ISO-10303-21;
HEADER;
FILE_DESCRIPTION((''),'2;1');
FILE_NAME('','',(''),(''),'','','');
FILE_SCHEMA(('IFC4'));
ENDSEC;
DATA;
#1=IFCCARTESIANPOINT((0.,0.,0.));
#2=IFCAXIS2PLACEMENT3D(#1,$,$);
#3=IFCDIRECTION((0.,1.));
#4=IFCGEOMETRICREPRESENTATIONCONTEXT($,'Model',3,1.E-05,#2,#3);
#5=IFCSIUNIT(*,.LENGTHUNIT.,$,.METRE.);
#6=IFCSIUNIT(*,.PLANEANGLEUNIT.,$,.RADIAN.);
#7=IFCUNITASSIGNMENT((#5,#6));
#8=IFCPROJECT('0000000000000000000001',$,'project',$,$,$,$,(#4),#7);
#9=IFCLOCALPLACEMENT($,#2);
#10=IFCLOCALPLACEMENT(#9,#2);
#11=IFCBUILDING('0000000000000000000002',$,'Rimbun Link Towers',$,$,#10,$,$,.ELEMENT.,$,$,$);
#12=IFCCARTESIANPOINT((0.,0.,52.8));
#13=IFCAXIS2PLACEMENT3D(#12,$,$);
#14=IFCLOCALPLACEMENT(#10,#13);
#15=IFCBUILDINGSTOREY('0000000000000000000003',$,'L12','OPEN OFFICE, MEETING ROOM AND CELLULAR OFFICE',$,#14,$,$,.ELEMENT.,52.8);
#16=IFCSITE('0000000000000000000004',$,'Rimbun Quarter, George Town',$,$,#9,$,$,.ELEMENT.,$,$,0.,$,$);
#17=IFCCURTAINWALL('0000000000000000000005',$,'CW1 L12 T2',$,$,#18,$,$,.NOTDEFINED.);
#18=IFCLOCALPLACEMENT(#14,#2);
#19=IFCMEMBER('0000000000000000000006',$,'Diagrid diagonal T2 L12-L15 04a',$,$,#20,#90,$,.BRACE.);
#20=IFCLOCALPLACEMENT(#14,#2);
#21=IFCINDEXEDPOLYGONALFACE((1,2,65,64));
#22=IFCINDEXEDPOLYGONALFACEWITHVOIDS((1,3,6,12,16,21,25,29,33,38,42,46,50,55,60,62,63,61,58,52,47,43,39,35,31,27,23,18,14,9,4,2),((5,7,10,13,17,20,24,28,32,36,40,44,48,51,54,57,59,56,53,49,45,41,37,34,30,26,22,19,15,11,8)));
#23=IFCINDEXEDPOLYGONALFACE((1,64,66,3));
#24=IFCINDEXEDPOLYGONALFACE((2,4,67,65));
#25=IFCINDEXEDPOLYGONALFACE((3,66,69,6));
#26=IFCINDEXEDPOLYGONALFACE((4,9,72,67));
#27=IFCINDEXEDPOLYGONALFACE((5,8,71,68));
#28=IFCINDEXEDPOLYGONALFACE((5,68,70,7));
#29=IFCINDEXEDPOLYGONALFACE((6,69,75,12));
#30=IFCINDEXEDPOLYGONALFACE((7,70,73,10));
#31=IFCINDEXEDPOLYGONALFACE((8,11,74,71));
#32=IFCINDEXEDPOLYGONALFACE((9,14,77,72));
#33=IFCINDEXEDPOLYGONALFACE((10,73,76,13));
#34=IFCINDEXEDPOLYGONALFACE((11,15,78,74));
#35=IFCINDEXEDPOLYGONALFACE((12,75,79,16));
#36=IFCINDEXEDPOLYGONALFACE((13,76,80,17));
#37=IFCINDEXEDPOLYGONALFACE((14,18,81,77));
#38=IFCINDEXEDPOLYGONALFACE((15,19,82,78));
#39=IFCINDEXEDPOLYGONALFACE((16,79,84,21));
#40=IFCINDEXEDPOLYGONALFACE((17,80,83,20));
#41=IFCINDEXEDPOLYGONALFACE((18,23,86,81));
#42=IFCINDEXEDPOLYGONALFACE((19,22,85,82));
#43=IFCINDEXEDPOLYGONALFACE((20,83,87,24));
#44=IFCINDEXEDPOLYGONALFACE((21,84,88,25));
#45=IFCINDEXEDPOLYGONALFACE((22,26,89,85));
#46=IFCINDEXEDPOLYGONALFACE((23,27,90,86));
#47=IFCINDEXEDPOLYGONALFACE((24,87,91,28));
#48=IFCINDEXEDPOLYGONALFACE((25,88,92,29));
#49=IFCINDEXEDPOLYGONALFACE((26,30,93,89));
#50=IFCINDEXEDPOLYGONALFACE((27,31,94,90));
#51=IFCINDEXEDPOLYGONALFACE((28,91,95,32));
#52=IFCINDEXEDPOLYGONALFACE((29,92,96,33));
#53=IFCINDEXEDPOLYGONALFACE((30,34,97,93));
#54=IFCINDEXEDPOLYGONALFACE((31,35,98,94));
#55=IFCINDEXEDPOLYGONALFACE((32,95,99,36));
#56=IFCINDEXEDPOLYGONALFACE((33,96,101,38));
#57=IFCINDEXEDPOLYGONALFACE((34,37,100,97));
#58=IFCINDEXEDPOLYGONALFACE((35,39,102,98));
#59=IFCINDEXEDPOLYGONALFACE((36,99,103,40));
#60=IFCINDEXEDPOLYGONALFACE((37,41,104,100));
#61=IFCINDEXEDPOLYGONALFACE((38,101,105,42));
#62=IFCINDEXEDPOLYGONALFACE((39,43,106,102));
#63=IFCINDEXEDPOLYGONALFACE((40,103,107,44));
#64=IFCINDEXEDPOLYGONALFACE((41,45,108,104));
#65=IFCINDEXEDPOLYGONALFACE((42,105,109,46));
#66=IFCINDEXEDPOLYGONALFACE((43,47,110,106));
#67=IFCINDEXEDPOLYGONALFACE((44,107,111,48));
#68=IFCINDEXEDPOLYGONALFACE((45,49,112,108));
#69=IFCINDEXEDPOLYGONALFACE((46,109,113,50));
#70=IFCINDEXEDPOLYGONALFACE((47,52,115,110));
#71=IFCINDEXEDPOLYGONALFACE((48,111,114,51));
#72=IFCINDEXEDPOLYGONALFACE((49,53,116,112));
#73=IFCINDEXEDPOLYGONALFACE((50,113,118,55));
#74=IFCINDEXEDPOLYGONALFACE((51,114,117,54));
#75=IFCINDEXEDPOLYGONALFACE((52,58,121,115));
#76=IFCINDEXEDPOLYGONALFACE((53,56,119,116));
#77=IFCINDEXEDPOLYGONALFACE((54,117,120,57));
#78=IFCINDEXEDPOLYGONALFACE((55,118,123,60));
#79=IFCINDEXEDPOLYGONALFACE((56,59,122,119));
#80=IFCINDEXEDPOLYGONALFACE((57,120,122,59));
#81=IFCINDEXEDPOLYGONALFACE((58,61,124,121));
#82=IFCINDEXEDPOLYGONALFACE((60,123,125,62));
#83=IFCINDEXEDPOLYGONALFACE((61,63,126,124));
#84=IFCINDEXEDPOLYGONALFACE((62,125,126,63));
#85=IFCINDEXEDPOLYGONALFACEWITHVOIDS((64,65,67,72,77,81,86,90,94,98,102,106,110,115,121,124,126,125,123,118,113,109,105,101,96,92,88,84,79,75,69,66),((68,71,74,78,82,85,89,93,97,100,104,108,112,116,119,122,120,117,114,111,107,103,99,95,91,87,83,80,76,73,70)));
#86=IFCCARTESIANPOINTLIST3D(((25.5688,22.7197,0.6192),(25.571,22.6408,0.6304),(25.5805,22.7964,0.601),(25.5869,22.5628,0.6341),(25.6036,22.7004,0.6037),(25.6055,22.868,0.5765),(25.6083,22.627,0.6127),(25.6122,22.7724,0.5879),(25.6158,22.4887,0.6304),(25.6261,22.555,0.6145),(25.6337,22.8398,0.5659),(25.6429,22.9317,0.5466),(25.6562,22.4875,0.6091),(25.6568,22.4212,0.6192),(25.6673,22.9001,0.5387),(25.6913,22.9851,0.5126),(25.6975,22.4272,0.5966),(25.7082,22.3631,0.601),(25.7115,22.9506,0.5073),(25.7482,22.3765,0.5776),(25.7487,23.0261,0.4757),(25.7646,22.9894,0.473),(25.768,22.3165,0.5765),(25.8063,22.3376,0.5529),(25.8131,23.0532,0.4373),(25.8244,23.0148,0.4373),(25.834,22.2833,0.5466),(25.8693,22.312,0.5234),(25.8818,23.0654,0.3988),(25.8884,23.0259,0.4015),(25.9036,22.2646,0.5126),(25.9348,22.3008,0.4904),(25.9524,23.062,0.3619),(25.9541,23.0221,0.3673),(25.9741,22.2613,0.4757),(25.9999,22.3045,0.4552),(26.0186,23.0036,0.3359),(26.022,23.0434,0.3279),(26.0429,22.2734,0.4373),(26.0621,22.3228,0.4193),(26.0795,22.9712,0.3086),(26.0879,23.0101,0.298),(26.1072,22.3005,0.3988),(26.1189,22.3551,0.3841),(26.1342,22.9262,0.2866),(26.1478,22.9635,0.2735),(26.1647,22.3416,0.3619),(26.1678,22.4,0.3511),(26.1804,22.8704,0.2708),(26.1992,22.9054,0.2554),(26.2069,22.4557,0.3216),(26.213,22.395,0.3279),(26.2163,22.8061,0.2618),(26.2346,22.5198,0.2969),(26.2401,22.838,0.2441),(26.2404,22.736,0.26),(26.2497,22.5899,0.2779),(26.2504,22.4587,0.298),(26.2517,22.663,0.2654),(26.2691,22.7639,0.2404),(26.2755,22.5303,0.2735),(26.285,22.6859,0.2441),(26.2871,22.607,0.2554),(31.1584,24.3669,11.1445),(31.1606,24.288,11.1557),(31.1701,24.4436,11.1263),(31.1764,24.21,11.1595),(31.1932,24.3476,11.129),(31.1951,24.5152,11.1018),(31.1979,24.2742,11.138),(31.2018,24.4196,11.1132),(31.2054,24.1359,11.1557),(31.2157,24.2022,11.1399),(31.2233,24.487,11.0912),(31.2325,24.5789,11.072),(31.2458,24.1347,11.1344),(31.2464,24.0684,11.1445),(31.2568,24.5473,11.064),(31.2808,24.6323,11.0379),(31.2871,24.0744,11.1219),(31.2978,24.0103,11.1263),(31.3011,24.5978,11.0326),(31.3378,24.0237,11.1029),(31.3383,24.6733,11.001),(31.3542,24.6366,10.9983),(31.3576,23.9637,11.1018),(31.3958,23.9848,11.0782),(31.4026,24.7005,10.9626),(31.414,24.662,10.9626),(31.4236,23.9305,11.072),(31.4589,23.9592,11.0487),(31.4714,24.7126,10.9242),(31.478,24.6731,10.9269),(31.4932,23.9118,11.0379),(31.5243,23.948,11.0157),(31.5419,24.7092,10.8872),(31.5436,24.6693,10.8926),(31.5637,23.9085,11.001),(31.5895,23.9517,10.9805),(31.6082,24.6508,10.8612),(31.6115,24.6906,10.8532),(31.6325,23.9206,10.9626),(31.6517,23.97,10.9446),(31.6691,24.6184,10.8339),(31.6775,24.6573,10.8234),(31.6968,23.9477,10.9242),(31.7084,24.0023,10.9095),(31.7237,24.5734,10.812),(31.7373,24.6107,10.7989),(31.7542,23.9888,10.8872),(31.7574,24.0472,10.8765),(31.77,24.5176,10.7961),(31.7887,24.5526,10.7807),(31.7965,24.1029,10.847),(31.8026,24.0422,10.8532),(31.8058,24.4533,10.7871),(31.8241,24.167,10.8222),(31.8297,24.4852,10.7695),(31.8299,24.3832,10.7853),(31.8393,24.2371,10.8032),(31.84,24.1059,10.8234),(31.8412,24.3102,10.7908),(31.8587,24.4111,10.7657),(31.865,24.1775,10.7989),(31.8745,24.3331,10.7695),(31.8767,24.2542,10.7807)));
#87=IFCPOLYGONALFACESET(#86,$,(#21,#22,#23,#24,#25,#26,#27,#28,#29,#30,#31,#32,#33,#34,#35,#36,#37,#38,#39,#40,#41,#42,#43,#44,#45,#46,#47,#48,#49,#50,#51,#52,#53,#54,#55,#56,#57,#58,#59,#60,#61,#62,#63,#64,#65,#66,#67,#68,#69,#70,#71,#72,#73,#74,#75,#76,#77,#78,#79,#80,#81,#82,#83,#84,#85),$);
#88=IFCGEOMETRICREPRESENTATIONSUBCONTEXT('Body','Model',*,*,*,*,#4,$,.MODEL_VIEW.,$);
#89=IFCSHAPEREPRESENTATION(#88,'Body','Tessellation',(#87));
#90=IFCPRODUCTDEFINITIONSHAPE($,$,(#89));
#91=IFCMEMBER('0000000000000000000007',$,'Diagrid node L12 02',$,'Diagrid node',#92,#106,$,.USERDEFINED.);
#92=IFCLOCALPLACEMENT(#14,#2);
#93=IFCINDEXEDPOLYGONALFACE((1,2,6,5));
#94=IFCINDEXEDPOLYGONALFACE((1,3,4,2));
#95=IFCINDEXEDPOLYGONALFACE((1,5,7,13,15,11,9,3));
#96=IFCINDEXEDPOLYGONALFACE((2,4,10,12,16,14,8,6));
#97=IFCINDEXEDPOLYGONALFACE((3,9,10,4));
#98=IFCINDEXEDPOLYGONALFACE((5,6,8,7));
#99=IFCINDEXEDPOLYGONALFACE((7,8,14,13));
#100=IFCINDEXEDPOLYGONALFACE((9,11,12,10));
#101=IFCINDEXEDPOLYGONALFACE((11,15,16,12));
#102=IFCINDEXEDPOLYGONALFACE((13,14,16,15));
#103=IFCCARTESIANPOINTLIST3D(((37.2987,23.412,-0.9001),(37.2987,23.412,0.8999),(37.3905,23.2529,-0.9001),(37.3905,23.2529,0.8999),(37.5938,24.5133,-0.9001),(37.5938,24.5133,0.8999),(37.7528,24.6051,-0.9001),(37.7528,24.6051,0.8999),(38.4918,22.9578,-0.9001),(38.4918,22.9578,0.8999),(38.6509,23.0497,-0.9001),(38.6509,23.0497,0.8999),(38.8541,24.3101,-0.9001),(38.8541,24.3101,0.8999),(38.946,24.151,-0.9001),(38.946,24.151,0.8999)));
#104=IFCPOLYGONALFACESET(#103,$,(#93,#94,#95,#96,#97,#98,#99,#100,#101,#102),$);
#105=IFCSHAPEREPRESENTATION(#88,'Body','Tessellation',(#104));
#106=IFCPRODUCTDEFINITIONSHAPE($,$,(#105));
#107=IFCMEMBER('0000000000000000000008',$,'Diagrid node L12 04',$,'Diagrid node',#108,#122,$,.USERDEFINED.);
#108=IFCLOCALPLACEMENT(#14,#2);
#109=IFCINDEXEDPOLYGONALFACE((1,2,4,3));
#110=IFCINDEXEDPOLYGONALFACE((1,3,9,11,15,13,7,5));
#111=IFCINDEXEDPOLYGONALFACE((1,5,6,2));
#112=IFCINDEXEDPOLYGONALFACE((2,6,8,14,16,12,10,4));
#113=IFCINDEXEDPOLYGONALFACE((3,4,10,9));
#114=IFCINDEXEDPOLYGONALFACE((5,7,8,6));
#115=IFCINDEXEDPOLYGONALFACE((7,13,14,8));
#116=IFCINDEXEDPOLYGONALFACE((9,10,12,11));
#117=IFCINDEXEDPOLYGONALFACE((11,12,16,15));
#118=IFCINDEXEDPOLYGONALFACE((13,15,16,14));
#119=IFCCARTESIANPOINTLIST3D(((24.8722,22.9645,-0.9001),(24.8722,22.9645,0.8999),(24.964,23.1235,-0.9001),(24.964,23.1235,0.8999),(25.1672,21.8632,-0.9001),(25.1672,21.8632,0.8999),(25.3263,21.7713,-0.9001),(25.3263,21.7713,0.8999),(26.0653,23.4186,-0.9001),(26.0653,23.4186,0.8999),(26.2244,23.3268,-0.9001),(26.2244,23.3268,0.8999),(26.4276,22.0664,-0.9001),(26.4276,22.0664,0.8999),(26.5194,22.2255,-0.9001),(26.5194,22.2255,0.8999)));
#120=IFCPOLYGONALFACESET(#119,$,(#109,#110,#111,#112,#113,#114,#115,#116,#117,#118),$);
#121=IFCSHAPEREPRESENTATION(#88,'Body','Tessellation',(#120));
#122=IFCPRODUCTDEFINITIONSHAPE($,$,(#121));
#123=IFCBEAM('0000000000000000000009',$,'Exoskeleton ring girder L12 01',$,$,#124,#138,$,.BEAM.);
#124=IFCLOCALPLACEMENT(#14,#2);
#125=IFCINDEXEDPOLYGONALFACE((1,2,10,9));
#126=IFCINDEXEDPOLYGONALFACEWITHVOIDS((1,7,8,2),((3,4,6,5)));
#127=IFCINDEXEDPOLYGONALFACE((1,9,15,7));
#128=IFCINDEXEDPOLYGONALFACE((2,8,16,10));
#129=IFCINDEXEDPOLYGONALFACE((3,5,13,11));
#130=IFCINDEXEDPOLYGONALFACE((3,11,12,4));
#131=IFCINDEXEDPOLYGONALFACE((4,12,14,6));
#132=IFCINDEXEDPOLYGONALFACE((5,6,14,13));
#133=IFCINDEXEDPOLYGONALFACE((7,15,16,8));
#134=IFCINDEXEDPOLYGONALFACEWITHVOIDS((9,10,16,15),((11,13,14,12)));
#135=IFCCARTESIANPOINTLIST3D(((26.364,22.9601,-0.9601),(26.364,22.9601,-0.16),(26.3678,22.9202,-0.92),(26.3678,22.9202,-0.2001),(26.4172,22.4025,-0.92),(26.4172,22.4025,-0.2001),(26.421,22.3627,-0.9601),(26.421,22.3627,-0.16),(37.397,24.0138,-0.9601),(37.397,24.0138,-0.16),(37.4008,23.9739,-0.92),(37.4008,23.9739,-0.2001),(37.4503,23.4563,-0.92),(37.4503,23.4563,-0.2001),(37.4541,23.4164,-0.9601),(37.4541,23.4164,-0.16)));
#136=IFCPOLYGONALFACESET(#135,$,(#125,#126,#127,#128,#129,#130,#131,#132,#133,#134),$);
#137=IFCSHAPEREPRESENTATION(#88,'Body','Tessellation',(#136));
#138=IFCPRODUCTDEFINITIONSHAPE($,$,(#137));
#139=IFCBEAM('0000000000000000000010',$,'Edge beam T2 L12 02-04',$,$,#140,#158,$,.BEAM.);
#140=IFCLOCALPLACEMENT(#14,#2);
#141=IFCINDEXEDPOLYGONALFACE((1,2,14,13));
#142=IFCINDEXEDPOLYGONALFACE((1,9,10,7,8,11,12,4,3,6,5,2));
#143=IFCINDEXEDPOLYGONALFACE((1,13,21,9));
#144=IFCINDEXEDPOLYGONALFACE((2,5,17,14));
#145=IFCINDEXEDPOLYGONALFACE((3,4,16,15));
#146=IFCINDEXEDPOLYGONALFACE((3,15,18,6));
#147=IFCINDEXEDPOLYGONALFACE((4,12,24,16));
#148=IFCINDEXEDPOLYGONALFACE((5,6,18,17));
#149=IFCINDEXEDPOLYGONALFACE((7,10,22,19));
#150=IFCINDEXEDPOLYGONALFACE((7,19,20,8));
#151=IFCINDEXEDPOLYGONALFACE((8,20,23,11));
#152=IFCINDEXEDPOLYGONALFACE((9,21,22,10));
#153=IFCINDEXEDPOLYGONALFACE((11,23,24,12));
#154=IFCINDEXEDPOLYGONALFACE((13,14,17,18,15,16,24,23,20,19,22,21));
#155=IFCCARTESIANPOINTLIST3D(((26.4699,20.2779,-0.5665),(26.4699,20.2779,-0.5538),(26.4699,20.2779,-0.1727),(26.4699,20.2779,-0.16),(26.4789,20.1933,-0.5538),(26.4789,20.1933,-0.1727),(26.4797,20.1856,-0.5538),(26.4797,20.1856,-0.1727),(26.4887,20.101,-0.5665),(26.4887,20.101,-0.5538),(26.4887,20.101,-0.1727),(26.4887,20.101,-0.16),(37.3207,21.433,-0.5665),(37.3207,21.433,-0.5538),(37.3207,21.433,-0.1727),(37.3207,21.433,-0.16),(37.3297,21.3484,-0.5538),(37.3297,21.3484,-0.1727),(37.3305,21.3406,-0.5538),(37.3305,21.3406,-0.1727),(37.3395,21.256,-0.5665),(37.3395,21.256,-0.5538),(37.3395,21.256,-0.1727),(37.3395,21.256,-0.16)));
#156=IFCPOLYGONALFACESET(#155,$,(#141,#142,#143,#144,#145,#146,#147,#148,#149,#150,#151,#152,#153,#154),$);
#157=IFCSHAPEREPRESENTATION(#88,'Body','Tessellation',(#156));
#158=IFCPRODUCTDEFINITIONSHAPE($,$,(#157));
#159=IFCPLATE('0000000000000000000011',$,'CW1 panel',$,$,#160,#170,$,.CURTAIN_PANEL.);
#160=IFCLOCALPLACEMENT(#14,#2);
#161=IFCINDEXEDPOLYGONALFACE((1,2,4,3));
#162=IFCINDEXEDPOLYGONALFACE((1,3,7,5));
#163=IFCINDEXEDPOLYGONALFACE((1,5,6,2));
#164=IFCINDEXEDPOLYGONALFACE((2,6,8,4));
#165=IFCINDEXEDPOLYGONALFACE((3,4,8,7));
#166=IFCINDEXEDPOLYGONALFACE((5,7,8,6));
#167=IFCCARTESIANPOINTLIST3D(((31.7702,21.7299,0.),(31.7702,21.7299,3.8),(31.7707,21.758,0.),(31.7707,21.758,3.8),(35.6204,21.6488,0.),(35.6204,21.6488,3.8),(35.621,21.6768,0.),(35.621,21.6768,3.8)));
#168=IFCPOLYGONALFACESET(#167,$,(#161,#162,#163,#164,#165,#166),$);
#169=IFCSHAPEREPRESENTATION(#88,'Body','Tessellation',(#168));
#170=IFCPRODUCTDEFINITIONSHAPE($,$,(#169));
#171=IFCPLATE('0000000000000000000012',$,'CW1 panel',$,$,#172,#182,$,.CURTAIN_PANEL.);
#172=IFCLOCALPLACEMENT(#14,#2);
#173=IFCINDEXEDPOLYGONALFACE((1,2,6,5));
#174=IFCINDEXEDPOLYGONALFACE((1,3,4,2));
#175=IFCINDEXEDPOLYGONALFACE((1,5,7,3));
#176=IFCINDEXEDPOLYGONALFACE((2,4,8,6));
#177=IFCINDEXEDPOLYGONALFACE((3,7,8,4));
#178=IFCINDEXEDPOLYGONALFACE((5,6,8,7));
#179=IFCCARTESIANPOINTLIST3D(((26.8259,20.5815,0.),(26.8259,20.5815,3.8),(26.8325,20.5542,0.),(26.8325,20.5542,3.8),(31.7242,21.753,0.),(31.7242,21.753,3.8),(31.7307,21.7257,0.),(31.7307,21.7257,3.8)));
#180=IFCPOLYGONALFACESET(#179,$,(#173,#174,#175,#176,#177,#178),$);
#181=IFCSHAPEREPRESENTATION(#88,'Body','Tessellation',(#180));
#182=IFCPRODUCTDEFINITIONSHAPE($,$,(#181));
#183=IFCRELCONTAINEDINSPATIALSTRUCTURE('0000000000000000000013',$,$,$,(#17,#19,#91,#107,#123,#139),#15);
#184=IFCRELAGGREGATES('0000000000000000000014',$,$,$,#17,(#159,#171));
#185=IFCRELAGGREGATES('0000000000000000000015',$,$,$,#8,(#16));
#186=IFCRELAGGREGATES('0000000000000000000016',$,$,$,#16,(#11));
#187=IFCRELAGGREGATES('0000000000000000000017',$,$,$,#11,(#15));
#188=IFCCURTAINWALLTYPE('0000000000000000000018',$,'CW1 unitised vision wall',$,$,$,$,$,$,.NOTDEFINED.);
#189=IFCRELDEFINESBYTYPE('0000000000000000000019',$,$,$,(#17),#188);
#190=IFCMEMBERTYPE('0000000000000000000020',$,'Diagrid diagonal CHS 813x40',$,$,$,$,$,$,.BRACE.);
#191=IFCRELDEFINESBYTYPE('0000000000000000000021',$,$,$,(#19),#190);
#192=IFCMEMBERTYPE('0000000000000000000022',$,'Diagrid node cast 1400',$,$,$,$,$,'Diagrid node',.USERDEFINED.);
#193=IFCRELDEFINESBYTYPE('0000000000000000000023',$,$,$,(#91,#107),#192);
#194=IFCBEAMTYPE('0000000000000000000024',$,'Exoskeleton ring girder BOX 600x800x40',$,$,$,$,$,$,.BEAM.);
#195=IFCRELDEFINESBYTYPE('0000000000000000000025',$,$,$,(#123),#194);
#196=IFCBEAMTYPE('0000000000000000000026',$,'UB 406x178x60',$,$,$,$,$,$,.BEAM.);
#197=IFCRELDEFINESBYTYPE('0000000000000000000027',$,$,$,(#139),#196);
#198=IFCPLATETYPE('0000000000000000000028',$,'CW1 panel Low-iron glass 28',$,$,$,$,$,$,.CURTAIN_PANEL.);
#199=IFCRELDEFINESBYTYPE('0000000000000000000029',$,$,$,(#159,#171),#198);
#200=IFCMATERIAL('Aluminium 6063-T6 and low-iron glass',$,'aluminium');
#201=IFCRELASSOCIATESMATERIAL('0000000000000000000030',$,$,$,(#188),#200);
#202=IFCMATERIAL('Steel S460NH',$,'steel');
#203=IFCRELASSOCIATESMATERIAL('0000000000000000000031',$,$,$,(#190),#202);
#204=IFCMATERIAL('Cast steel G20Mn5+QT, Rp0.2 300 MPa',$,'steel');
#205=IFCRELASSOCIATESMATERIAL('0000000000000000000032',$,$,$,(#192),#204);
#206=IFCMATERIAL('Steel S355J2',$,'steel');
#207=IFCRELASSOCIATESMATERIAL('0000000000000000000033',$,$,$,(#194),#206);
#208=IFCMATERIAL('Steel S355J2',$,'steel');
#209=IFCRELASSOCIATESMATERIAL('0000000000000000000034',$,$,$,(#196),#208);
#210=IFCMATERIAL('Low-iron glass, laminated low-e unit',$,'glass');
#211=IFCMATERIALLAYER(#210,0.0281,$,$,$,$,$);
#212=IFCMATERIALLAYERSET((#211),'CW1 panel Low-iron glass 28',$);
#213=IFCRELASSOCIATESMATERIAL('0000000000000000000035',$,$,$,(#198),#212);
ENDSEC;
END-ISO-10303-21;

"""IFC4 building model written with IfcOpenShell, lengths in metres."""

from ifc_helpers import new_model, si_unit, direction, frame, origin, origin_2d, place, context, subcontext, project, spatial, polyline, rectangle, hollow_rectangle, hollow_circle, i_section, outline, extrude, material, layer, layer_set, material_profile, profile_set, type_object, element, aggregate, save


model = new_model("IFC4")

# Units and contexts
model_context = context("Model", 3, precision=1e-05, world=origin(), true_north=direction((0.0, 1.0)))
body_context = subcontext(model_context, "Body", "Model", "MODEL_VIEW")
ifc_project = project(units=[si_unit("LENGTHUNIT", "METRE"), si_unit("PLANEANGLEUNIT", "RADIAN")], contexts=[model_context])

# Site, building, storey
site_placement = place(None, origin())
site = spatial("IfcSite", under=ifc_project, at=site_placement, Name="Rimbun Quarter, George Town", CompositionType="ELEMENT", RefElevation=0.0)
building_placement = place(site_placement, origin())
building = spatial("IfcBuilding", under=site, at=building_placement, Name="Rimbun Link Towers", CompositionType="ELEMENT")
storey_placement = place(building_placement, frame((0.0, 0.0, 52.8)))
storey = spatial("IfcBuildingStorey", under=building, at=storey_placement, Name="L12", Description="OPEN OFFICE, MEETING ROOM AND CELLULAR OFFICE", CompositionType="ELEMENT", Elevation=52.8)

# Curtain wall
ifc_material_1 = material(Name="Aluminium 6063-T6 and low-iron glass", Category="aluminium")
curtain_wall_type = type_object("IfcCurtainWallType", Name="CW1 unitised vision wall", PredefinedType="NOTDEFINED", material=ifc_material_1)
curtain_wall_placement = place(storey_placement, origin())
curtain_wall = element("IfcCurtainWall", 1, at=curtain_wall_placement, inside=storey, type_object=curtain_wall_type, Name="CW1 L12 T2", PredefinedType="NOTDEFINED")

# Members
ifc_material_2 = material(Name="Steel S460NH", Category="steel")
ifc_material_profile_1 = material_profile(ifc_material_2, hollow_circle(Radius=0.4065, WallThickness=0.04, at=origin_2d()), Name="Diagrid diagonal CHS 813x40")
ifc_profile_set_1 = profile_set([ifc_material_profile_1], Name="Steel S460NH")
member_type_1 = type_object("IfcMemberType", Name="Diagrid diagonal CHS 813x40", PredefinedType="BRACE", material=ifc_profile_set_1)
member_1_placement = place(storey_placement, frame((25.928, 22.6633, 0.4373), z_axis=(0.464606, 0.136916, 0.874868), x_axis=(-0.282674, 0.959216, 0.0)))
element("IfcMember", 2, at=member_1_placement, inside=storey, type_object=member_type_1, Name="Diagrid diagonal T2 L12-L15 04a", PredefinedType="BRACE", context=body_context, shape_type="SweptSolid", body=[
    extrude(hollow_circle(Radius=0.4065, WallThickness=0.04, at=origin_2d()), origin(), (0.0, 0.0, 1.0), 12.0308),
])
ifc_material_3 = material(Name="Cast steel G20Mn5+QT, Rp0.2 300 MPa", Category="steel")
ifc_material_profile_2 = material_profile(ifc_material_3, outline(polyline([(0.7, -0.5701), (0.7, 0.5701), (0.5701, 0.7), (-0.5701, 0.7), (-0.7, 0.5701), (-0.7, -0.5701), (-0.5701, -0.7), (0.5701, -0.7), (0.7, -0.5701)])), Name="NODE 1400x1400")
ifc_profile_set_2 = profile_set([ifc_material_profile_2], Name="Cast steel G20Mn5+QT, Rp0.2 300 MPa")
member_type_2 = type_object("IfcMemberType", Name="Diagrid node cast 1400", ElementType="Diagrid node", PredefinedType="USERDEFINED", material=ifc_profile_set_2)
for number, where, z_axis, x_axis, name in (
    (3, (38.1223, 23.7815, -0.9001), (0.0, 0.0, 1.0), (0.258819, 0.965926, 0.0), "Diagrid node L12 02"),
    (4, (25.6958, 22.595, -0.9001), (0.0, 0.0, 1.0), (-0.258819, 0.965926, 0.0), "Diagrid node L12 04"),
):
    element("IfcMember", number, at=place(storey_placement, frame(where, z_axis=z_axis, x_axis=x_axis)), inside=storey, type_object=member_type_2, Name=name, ObjectType="Diagrid node", PredefinedType="USERDEFINED", context=body_context, shape_type="SweptSolid", body=[
        extrude(outline(polyline([(0.7, -0.5701), (0.7, 0.5701), (0.5701, 0.7), (-0.5701, 0.7), (-0.7, 0.5701), (-0.7, -0.5701), (-0.5701, -0.7), (0.5701, -0.7), (0.7, -0.5701)])), origin(), (0.0, 0.0, 1.0), 1.8),
    ])

# Beams
ifc_material_4 = material(Name="Steel S355J2", Category="steel")
ifc_material_profile_3 = material_profile(ifc_material_4, hollow_rectangle(XDim=0.6001, YDim=0.8, WallThickness=0.04, at=origin_2d()), Name="Exoskeleton ring girder BOX 600x800x40")
ifc_profile_set_3 = profile_set([ifc_material_profile_3], Name="Steel S355J2")
beam_type_1 = type_object("IfcBeamType", Name="Exoskeleton ring girder BOX 600x800x40", PredefinedType="BEAM", material=ifc_profile_set_3)
beam_1_placement = place(storey_placement, frame((37.4255, 23.7151, -0.5601), z_axis=(-0.99547, -0.095073, 0.0), x_axis=(0.095073, -0.99547, 0.0)))
element("IfcBeam", 5, at=beam_1_placement, inside=storey, type_object=beam_type_1, Name="Exoskeleton ring girder L12 01", PredefinedType="BEAM", context=body_context, shape_type="SweptSolid", body=[
    extrude(hollow_rectangle(XDim=0.6001, YDim=0.8, WallThickness=0.04, at=origin_2d()), origin(), (0.0, 0.0, 1.0), 11.0833),
])
ifc_material_5 = material(Name="Steel S355J2", Category="steel")
ifc_material_profile_4 = material_profile(ifc_material_5, i_section(OverallWidth=0.178, OverallDepth=0.4065, WebThickness=0.0078, FlangeThickness=0.0127, at=origin_2d()), Name="UB 406x178x60")
ifc_profile_set_4 = profile_set([ifc_material_profile_4], Name="Steel S355J2")
beam_type_2 = type_object("IfcBeamType", Name="UB 406x178x60", PredefinedType="BEAM", material=ifc_profile_set_4)
beam_2_placement = place(storey_placement, frame((37.3301, 21.3445, -0.3633), z_axis=(-0.994382, -0.105848, 0.0), x_axis=(0.105848, -0.994382, 0.0)))
element("IfcBeam", 6, at=beam_2_placement, inside=storey, type_object=beam_type_2, Name="Edge beam T2 L12 02-04", PredefinedType="BEAM", context=body_context, shape_type="SweptSolid", body=[
    extrude(i_section(OverallWidth=0.178, OverallDepth=0.4065, WebThickness=0.0078, FlangeThickness=0.0127, at=origin_2d()), origin(), (0.0, 0.0, 1.0), 10.9121),
])

# Plates
ifc_material_6 = material(Name="Low-iron glass, laminated low-e unit", Category="glass")
ifc_layer = layer(ifc_material_6, 0.0281)
ifc_layer_set = layer_set([ifc_layer], Name="CW1 panel Low-iron glass 28")
plate_type = type_object("IfcPlateType", Name="CW1 panel Low-iron glass 28", PredefinedType="CURTAIN_PANEL", material=ifc_layer_set)
plate_1_placement = place(storey_placement, frame((33.6956, 21.7034, 0.0), z_axis=(0.0, 0.0, 1.0), x_axis=(0.999778, -0.021066, 0.0)))
plate_1 = element("IfcPlate", 7, at=plate_1_placement, type_object=plate_type, Name="CW1 panel", PredefinedType="CURTAIN_PANEL", context=body_context, shape_type="SweptSolid", body=[
    extrude(rectangle(XDim=3.8511, YDim=0.0281, at=origin_2d()), origin(), (0.0, 0.0, 1.0), 3.8),
])
plate_2_placement = place(storey_placement, frame((29.2783, 21.1536, 0.0), z_axis=(0.0, 0.0, 1.0), x_axis=(0.972572, 0.232603, 0.0)))
plate_2 = element("IfcPlate", 8, at=plate_2_placement, type_object=plate_type, Name="CW1 panel", PredefinedType="CURTAIN_PANEL", context=body_context, shape_type="SweptSolid", body=[
    extrude(rectangle(XDim=5.0364, YDim=0.0281, at=origin_2d()), origin(), (0.0, 0.0, 1.0), 3.8),
])
aggregate(curtain_wall, [plate_1, plate_2])

save(model, "model.ifc")
